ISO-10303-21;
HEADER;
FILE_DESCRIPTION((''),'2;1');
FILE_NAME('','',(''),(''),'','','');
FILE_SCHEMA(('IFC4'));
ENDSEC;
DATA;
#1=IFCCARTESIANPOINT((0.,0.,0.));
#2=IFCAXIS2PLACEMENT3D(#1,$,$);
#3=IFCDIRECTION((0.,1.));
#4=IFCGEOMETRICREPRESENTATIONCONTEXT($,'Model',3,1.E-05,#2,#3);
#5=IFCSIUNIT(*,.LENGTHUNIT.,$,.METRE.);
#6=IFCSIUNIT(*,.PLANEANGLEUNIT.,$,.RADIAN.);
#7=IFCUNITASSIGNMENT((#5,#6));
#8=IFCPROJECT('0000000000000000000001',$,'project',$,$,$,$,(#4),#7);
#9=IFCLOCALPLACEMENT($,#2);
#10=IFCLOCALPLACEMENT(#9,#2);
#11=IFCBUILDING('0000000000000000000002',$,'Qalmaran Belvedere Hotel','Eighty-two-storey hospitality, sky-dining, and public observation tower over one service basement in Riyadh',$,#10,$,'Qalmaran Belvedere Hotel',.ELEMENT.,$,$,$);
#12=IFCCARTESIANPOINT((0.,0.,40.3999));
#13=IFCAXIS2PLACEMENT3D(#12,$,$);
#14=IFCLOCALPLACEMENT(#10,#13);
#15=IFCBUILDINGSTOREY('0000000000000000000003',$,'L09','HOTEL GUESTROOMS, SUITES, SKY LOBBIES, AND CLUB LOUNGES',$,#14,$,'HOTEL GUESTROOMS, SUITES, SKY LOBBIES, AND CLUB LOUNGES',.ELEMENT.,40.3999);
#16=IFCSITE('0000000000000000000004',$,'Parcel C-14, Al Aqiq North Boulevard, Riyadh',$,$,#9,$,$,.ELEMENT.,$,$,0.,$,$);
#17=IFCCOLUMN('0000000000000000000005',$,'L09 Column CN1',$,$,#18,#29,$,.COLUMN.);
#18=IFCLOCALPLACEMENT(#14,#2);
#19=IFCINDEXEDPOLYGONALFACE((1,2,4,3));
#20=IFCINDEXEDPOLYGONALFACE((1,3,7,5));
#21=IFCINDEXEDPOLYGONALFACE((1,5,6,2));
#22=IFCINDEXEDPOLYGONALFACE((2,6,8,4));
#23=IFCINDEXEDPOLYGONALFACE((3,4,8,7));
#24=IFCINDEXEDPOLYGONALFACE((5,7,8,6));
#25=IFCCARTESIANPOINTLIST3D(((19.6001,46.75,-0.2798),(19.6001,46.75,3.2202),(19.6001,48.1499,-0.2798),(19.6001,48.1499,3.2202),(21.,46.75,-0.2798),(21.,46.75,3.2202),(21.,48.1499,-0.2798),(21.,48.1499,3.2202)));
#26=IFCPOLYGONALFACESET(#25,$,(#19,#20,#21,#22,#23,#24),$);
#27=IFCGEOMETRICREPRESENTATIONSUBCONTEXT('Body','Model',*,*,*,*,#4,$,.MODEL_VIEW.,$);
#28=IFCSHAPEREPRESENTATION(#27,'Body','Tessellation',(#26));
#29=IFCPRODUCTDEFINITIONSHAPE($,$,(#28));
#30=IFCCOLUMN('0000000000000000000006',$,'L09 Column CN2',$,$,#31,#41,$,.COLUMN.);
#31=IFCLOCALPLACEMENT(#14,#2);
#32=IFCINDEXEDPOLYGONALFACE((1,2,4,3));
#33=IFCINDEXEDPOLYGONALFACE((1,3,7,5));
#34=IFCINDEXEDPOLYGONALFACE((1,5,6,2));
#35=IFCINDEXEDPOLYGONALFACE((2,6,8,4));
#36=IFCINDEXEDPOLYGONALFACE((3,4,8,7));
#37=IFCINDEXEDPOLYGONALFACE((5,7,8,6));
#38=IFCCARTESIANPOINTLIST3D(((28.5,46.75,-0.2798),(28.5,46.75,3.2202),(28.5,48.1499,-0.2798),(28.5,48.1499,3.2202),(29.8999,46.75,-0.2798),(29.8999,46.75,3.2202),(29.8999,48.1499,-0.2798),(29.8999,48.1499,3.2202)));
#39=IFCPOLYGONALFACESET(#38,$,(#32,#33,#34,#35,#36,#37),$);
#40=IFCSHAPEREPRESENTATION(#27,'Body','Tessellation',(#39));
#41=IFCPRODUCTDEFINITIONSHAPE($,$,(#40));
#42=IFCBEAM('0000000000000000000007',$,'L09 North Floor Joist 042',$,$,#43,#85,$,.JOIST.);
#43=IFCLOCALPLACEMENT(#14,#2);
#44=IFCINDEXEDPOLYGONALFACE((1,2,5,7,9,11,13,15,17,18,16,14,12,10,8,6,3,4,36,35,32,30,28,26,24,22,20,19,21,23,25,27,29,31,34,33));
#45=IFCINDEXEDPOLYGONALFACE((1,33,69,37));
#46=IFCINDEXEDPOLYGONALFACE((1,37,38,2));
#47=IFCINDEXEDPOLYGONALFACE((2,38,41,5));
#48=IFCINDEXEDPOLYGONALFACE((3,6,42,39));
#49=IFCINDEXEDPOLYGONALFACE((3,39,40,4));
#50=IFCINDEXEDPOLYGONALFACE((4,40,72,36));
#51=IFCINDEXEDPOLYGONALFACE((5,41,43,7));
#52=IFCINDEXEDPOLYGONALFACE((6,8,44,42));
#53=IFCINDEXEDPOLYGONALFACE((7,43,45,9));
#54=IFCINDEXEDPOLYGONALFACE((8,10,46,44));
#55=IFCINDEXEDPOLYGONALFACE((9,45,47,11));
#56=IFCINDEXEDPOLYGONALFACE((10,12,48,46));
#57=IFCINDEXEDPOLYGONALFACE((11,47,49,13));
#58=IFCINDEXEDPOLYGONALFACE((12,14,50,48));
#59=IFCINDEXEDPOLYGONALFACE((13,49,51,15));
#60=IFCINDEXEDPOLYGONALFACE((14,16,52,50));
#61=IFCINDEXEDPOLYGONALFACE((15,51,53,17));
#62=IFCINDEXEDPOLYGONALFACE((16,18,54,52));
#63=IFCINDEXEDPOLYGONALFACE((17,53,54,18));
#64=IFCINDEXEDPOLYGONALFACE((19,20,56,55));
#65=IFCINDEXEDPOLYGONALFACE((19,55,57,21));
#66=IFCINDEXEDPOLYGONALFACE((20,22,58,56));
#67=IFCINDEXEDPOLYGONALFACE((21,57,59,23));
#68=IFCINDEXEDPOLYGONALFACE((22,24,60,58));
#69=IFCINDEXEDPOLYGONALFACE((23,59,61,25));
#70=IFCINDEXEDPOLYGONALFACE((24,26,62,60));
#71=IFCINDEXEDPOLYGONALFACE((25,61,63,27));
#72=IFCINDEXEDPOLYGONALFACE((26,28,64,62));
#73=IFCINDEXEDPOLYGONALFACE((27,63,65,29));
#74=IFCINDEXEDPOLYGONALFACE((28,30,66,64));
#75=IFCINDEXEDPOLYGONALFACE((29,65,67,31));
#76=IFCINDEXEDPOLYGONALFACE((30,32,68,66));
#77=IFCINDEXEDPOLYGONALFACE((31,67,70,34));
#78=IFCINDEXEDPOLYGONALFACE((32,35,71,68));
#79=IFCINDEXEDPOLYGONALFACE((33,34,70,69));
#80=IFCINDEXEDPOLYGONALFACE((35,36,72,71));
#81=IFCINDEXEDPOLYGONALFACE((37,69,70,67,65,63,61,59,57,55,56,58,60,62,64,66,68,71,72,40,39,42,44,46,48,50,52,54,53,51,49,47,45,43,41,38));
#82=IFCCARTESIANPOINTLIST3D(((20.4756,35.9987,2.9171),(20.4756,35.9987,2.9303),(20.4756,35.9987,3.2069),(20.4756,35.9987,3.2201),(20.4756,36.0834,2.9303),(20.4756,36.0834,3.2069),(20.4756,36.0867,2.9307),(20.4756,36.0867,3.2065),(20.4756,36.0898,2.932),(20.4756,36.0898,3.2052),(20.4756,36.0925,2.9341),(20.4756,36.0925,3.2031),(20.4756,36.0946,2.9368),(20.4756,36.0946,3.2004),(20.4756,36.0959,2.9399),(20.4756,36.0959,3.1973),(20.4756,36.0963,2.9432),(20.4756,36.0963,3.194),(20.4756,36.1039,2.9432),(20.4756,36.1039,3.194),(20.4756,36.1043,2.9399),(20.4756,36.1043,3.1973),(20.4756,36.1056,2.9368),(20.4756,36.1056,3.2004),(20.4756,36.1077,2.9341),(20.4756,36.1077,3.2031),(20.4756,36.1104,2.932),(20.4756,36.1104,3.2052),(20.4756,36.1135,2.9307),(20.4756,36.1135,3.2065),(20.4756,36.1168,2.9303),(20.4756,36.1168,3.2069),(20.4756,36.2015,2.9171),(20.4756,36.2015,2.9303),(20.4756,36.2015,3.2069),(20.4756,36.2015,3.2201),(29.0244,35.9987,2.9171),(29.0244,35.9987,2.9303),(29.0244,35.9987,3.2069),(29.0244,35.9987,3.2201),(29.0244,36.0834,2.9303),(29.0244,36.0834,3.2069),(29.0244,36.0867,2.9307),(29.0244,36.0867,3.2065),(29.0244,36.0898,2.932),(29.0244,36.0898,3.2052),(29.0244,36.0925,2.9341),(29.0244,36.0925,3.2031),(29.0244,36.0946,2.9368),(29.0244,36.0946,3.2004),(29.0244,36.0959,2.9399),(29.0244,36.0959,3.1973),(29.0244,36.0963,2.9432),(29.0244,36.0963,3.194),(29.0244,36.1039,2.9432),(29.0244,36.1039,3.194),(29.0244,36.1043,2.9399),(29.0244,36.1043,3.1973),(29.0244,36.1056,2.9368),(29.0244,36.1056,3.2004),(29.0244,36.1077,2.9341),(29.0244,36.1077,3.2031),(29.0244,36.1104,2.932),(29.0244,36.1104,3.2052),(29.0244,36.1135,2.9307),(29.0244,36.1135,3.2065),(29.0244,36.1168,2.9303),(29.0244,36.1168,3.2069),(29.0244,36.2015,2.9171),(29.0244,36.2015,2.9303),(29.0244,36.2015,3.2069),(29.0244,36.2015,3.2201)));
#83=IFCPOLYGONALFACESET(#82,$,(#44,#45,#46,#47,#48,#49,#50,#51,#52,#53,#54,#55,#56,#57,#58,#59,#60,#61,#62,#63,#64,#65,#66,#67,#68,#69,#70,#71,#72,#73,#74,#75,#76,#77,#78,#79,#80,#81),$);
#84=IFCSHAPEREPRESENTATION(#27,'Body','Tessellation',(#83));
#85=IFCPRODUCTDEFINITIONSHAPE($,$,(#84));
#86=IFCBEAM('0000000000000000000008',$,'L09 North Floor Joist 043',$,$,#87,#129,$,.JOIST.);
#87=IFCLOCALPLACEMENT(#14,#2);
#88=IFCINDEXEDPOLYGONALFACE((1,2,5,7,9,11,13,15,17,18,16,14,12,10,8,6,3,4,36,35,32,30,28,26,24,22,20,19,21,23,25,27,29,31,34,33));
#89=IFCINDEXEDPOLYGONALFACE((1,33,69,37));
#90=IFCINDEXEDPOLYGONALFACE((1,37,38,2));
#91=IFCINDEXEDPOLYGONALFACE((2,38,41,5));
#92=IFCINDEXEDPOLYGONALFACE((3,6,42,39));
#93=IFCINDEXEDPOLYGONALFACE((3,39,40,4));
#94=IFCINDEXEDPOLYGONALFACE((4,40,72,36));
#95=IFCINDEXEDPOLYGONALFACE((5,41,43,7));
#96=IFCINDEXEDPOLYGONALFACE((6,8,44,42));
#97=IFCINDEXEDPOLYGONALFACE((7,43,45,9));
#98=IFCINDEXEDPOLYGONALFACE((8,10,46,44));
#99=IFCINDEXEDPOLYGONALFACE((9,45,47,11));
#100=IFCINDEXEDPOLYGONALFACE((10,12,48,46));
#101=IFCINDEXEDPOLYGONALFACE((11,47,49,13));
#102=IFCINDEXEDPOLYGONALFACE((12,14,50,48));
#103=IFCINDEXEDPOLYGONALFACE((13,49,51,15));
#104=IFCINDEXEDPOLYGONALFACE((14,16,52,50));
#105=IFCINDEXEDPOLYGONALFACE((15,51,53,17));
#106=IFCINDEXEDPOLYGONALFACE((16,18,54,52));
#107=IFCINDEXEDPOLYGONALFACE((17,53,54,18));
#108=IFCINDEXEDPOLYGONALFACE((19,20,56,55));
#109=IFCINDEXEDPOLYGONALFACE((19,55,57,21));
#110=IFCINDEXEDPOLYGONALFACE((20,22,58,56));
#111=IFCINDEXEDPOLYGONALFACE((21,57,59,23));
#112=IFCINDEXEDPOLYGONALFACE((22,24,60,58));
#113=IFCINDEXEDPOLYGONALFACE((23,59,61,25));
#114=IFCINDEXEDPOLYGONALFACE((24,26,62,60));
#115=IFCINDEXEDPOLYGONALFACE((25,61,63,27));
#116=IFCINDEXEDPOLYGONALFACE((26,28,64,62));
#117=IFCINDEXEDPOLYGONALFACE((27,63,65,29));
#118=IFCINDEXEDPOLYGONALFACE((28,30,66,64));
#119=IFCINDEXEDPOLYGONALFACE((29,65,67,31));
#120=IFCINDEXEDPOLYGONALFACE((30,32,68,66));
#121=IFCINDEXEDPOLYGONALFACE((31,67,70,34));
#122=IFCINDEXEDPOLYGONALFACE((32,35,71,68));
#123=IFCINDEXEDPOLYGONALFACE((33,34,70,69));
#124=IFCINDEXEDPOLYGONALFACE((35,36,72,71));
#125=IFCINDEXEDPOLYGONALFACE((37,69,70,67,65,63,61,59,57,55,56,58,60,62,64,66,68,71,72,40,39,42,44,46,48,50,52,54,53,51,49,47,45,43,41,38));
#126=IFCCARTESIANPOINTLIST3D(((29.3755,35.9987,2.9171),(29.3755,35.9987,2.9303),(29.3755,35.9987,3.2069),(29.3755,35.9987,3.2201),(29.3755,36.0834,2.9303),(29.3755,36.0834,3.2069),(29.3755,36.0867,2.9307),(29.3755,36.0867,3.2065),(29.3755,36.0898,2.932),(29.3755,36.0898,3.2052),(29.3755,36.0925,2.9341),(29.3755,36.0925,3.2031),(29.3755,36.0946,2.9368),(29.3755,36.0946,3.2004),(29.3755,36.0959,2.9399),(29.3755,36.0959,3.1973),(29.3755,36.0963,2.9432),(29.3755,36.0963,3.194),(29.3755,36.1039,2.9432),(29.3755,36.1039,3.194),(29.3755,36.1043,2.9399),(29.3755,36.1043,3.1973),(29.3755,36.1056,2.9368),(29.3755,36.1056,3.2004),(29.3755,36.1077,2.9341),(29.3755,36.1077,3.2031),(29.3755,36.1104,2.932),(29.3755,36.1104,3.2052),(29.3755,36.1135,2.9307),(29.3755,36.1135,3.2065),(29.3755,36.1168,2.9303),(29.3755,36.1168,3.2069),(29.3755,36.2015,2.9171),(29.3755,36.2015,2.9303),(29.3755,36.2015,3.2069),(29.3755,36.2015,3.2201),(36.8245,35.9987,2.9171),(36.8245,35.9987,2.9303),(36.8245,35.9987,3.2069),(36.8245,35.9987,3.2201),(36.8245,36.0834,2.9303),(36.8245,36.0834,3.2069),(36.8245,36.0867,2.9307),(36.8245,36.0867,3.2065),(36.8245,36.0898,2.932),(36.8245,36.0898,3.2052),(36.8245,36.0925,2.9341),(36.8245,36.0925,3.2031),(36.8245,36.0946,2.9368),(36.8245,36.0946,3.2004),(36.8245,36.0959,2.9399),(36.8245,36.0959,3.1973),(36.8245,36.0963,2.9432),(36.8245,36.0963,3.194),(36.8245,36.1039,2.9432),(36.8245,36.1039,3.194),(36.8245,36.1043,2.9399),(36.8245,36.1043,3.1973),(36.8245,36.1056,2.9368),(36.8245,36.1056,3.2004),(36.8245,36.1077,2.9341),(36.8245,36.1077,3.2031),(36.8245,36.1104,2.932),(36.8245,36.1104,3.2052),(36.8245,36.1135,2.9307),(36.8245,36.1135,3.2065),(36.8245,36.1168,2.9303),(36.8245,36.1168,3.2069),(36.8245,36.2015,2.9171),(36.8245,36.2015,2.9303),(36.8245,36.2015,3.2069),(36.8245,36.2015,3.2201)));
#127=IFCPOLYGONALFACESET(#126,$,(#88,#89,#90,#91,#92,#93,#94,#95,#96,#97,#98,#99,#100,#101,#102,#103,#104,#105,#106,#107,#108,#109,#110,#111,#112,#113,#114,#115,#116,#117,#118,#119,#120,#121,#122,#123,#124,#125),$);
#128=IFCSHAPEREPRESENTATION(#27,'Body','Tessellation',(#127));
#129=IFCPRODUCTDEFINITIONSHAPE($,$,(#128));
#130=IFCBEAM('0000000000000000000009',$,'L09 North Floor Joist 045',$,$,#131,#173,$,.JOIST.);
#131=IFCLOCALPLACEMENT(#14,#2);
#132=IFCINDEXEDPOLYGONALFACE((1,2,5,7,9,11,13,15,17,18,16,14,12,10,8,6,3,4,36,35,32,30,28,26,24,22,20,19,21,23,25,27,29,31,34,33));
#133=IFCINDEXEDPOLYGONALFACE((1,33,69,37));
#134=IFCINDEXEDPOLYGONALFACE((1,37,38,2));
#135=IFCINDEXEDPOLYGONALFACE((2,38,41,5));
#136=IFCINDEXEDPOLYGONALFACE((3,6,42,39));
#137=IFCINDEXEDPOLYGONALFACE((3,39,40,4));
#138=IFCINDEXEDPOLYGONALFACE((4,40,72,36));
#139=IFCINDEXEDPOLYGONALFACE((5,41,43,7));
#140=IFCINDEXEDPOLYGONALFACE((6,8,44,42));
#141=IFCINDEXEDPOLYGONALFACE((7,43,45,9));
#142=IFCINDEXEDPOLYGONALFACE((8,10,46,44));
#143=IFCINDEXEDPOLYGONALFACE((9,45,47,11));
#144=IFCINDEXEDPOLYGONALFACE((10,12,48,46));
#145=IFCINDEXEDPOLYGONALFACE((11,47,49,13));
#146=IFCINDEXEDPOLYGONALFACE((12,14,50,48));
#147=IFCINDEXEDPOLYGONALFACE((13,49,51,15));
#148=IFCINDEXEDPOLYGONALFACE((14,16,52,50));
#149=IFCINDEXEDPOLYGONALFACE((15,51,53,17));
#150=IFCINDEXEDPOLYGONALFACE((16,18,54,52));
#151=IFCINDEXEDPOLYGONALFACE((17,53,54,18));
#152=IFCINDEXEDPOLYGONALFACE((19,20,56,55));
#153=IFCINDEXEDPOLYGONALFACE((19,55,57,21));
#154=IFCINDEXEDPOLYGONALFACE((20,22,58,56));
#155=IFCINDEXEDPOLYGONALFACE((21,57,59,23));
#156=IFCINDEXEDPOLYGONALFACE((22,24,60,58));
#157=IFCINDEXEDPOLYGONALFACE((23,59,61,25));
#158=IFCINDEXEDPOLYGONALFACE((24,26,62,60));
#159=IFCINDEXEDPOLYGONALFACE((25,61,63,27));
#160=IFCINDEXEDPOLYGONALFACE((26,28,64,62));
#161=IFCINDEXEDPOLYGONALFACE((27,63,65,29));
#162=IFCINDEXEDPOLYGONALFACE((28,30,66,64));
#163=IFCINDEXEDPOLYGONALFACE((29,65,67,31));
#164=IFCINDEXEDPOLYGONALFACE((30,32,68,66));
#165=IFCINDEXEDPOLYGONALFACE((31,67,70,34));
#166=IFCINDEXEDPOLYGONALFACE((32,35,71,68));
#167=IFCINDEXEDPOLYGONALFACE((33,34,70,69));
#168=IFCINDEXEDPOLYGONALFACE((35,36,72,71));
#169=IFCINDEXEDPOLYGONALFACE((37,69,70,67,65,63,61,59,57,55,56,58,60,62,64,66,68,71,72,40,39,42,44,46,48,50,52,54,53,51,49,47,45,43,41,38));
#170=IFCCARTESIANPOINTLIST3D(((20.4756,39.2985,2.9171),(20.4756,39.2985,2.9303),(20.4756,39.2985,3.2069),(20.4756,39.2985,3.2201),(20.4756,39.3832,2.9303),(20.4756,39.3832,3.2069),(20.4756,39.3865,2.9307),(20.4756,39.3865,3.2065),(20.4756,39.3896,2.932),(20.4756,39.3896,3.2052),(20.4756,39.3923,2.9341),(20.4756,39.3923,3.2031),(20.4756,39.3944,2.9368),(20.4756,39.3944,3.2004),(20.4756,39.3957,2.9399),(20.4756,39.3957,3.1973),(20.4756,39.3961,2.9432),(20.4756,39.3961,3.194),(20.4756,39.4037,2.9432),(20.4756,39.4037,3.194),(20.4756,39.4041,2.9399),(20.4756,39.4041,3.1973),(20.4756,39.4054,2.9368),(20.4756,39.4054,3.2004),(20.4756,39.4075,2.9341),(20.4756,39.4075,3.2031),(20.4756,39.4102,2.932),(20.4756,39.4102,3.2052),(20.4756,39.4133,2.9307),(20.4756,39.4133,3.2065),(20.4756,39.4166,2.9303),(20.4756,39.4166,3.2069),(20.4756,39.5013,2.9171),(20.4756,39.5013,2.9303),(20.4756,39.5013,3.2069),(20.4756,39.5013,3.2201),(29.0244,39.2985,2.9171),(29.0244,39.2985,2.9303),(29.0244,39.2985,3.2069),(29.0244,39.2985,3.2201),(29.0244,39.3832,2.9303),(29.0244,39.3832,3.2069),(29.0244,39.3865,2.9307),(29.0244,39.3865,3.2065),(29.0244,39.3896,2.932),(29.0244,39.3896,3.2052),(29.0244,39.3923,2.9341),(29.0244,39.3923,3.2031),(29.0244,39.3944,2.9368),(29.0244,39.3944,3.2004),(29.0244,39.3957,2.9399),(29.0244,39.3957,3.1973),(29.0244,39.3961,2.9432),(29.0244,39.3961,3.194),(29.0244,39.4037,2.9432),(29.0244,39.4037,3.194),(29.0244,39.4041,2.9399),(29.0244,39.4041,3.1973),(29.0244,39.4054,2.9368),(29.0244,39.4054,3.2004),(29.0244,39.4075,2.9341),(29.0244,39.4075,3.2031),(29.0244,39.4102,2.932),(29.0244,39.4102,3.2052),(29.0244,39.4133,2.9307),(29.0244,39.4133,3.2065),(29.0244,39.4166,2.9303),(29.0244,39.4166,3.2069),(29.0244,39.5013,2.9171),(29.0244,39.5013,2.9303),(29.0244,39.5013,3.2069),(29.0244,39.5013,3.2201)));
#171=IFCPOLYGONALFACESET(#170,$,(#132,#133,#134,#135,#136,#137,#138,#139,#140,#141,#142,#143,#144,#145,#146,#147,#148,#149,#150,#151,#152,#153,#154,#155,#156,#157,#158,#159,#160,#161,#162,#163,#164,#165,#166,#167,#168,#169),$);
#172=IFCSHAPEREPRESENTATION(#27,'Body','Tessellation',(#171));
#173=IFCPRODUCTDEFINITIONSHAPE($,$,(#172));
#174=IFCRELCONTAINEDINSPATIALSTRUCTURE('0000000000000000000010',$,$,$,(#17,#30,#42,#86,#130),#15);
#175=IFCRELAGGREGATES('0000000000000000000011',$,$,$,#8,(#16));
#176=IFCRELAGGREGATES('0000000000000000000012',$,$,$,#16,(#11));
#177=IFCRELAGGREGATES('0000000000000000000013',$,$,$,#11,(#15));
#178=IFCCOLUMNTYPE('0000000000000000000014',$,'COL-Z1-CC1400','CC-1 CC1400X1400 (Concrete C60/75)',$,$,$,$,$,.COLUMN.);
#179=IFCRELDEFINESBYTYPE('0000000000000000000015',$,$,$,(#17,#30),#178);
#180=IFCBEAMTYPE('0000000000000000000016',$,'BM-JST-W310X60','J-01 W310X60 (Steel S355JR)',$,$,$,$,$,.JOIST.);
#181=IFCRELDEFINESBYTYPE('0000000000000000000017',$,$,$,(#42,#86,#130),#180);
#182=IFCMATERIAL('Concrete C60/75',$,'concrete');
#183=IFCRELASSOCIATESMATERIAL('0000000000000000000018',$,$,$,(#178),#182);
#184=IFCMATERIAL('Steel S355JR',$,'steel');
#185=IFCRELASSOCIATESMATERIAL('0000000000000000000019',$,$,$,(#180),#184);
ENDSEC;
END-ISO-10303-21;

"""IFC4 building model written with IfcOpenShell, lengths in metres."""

from ifc_helpers import new_model, si_unit, direction, frame, origin, origin_2d, place, context, subcontext, project, spatial, rectangle, i_section, extrude, material, material_profile, profile_set, type_object, element, save


model = new_model("IFC4")

# Units and contexts
model_context = context("Model", 3, precision=1e-05, world=origin(), true_north=direction((0.0, 1.0)))
body_context = subcontext(model_context, "Body", "Model", "MODEL_VIEW")
ifc_project = project(units=[si_unit("LENGTHUNIT", "METRE"), si_unit("PLANEANGLEUNIT", "RADIAN")], contexts=[model_context])

# Site, building, storey
site_placement = place(None, origin())
site = spatial("IfcSite", under=ifc_project, at=site_placement, Name="Parcel C-14, Al Aqiq North Boulevard, Riyadh", CompositionType="ELEMENT", RefElevation=0.0)
building_placement = place(site_placement, origin())
building = spatial("IfcBuilding", under=site, at=building_placement, Name="Qalmaran Belvedere Hotel", Description="Eighty-two-storey hospitality, sky-dining, and public observation tower over one service basement in Riyadh", LongName="Qalmaran Belvedere Hotel", CompositionType="ELEMENT")
storey_placement = place(building_placement, frame((0.0, 0.0, 40.3999)))
storey = spatial("IfcBuildingStorey", under=building, at=storey_placement, Name="L09", Description="HOTEL GUESTROOMS, SUITES, SKY LOBBIES, AND CLUB LOUNGES", LongName="HOTEL GUESTROOMS, SUITES, SKY LOBBIES, AND CLUB LOUNGES", CompositionType="ELEMENT", Elevation=40.3999)

# Columns
ifc_material_1 = material(Name="Concrete C60/75", Category="concrete")
ifc_material_profile_1 = material_profile(ifc_material_1, rectangle(XDim=1.3999, YDim=1.3999, at=origin_2d()), Name="CC1400X1400")
ifc_profile_set_1 = profile_set([ifc_material_profile_1], Name="Concrete C60/75")
column_type = type_object("IfcColumnType", Name="COL-Z1-CC1400", Description="CC-1 CC1400X1400 (Concrete C60/75)", PredefinedType="COLUMN", material=ifc_profile_set_1)
for number, where, z_axis, x_axis, name in (
    (1, (20.3, 47.45, -0.2798), (0.0, 0.0, 1.0), (1.0, 0.0, 0.0), "L09 Column CN1"),
    (2, (29.2, 47.45, -0.2798), (0.0, 0.0, 1.0), (1.0, 0.0, 0.0), "L09 Column CN2"),
):
    element("IfcColumn", number, at=place(storey_placement, frame(where, z_axis=z_axis, x_axis=x_axis)), inside=storey, type_object=column_type, Name=name, PredefinedType="COLUMN", context=body_context, shape_type="SweptSolid", body=[
        extrude(rectangle(XDim=1.3999, YDim=1.3999, at=origin_2d()), origin(), (0.0, 0.0, 1.0), 3.5),
    ])

# Beams
ifc_material_2 = material(Name="Steel S355JR", Category="steel")
ifc_material_profile_2 = material_profile(ifc_material_2, i_section(OverallWidth=0.2029, OverallDepth=0.303, WebThickness=0.0076, FlangeThickness=0.0132, FilletRadius=0.0129, at=origin_2d()), Name="W310X60")
ifc_profile_set_2 = profile_set([ifc_material_profile_2], Name="Steel S355JR")
beam_type_1 = type_object("IfcBeamType", Name="BM-JST-W310X60", Description="J-01 W310X60 (Steel S355JR)", PredefinedType="JOIST", material=ifc_profile_set_2)
beam_1_placement = place(storey_placement, frame((20.4756, 36.1001, 3.0686), z_axis=(1.0, 0.0, 0.0), x_axis=(0.0, 1.0, 0.0)))
element("IfcBeam", 3, at=beam_1_placement, inside=storey, type_object=beam_type_1, Name="L09 North Floor Joist 042", PredefinedType="JOIST", context=body_context, shape_type="SweptSolid", body=[
    extrude(i_section(OverallWidth=0.2029, OverallDepth=0.303, WebThickness=0.0076, FlangeThickness=0.0132, FilletRadius=0.0129, at=origin_2d()), origin(), (0.0, 0.0, 1.0), 8.5488),
])
beam_2_placement = place(storey_placement, frame((29.3755, 36.1001, 3.0686), z_axis=(1.0, 0.0, 0.0), x_axis=(0.0, 1.0, 0.0)))
element("IfcBeam", 4, at=beam_2_placement, inside=storey, type_object=beam_type_1, Name="L09 North Floor Joist 043", PredefinedType="JOIST", context=body_context, shape_type="SweptSolid", body=[
    extrude(i_section(OverallWidth=0.2029, OverallDepth=0.303, WebThickness=0.0076, FlangeThickness=0.0132, FilletRadius=0.0129, at=origin_2d()), origin(), (0.0, 0.0, 1.0), 7.449),
])
beam_3_placement = place(storey_placement, frame((20.4756, 39.3999, 3.0686), z_axis=(1.0, 0.0, 0.0), x_axis=(0.0, 1.0, 0.0)))
element("IfcBeam", 5, at=beam_3_placement, inside=storey, type_object=beam_type_1, Name="L09 North Floor Joist 045", PredefinedType="JOIST", context=body_context, shape_type="SweptSolid", body=[
    extrude(i_section(OverallWidth=0.2029, OverallDepth=0.303, WebThickness=0.0076, FlangeThickness=0.0132, FilletRadius=0.0129, at=origin_2d()), origin(), (0.0, 0.0, 1.0), 8.5488),
])

save(model, "model.ifc")
